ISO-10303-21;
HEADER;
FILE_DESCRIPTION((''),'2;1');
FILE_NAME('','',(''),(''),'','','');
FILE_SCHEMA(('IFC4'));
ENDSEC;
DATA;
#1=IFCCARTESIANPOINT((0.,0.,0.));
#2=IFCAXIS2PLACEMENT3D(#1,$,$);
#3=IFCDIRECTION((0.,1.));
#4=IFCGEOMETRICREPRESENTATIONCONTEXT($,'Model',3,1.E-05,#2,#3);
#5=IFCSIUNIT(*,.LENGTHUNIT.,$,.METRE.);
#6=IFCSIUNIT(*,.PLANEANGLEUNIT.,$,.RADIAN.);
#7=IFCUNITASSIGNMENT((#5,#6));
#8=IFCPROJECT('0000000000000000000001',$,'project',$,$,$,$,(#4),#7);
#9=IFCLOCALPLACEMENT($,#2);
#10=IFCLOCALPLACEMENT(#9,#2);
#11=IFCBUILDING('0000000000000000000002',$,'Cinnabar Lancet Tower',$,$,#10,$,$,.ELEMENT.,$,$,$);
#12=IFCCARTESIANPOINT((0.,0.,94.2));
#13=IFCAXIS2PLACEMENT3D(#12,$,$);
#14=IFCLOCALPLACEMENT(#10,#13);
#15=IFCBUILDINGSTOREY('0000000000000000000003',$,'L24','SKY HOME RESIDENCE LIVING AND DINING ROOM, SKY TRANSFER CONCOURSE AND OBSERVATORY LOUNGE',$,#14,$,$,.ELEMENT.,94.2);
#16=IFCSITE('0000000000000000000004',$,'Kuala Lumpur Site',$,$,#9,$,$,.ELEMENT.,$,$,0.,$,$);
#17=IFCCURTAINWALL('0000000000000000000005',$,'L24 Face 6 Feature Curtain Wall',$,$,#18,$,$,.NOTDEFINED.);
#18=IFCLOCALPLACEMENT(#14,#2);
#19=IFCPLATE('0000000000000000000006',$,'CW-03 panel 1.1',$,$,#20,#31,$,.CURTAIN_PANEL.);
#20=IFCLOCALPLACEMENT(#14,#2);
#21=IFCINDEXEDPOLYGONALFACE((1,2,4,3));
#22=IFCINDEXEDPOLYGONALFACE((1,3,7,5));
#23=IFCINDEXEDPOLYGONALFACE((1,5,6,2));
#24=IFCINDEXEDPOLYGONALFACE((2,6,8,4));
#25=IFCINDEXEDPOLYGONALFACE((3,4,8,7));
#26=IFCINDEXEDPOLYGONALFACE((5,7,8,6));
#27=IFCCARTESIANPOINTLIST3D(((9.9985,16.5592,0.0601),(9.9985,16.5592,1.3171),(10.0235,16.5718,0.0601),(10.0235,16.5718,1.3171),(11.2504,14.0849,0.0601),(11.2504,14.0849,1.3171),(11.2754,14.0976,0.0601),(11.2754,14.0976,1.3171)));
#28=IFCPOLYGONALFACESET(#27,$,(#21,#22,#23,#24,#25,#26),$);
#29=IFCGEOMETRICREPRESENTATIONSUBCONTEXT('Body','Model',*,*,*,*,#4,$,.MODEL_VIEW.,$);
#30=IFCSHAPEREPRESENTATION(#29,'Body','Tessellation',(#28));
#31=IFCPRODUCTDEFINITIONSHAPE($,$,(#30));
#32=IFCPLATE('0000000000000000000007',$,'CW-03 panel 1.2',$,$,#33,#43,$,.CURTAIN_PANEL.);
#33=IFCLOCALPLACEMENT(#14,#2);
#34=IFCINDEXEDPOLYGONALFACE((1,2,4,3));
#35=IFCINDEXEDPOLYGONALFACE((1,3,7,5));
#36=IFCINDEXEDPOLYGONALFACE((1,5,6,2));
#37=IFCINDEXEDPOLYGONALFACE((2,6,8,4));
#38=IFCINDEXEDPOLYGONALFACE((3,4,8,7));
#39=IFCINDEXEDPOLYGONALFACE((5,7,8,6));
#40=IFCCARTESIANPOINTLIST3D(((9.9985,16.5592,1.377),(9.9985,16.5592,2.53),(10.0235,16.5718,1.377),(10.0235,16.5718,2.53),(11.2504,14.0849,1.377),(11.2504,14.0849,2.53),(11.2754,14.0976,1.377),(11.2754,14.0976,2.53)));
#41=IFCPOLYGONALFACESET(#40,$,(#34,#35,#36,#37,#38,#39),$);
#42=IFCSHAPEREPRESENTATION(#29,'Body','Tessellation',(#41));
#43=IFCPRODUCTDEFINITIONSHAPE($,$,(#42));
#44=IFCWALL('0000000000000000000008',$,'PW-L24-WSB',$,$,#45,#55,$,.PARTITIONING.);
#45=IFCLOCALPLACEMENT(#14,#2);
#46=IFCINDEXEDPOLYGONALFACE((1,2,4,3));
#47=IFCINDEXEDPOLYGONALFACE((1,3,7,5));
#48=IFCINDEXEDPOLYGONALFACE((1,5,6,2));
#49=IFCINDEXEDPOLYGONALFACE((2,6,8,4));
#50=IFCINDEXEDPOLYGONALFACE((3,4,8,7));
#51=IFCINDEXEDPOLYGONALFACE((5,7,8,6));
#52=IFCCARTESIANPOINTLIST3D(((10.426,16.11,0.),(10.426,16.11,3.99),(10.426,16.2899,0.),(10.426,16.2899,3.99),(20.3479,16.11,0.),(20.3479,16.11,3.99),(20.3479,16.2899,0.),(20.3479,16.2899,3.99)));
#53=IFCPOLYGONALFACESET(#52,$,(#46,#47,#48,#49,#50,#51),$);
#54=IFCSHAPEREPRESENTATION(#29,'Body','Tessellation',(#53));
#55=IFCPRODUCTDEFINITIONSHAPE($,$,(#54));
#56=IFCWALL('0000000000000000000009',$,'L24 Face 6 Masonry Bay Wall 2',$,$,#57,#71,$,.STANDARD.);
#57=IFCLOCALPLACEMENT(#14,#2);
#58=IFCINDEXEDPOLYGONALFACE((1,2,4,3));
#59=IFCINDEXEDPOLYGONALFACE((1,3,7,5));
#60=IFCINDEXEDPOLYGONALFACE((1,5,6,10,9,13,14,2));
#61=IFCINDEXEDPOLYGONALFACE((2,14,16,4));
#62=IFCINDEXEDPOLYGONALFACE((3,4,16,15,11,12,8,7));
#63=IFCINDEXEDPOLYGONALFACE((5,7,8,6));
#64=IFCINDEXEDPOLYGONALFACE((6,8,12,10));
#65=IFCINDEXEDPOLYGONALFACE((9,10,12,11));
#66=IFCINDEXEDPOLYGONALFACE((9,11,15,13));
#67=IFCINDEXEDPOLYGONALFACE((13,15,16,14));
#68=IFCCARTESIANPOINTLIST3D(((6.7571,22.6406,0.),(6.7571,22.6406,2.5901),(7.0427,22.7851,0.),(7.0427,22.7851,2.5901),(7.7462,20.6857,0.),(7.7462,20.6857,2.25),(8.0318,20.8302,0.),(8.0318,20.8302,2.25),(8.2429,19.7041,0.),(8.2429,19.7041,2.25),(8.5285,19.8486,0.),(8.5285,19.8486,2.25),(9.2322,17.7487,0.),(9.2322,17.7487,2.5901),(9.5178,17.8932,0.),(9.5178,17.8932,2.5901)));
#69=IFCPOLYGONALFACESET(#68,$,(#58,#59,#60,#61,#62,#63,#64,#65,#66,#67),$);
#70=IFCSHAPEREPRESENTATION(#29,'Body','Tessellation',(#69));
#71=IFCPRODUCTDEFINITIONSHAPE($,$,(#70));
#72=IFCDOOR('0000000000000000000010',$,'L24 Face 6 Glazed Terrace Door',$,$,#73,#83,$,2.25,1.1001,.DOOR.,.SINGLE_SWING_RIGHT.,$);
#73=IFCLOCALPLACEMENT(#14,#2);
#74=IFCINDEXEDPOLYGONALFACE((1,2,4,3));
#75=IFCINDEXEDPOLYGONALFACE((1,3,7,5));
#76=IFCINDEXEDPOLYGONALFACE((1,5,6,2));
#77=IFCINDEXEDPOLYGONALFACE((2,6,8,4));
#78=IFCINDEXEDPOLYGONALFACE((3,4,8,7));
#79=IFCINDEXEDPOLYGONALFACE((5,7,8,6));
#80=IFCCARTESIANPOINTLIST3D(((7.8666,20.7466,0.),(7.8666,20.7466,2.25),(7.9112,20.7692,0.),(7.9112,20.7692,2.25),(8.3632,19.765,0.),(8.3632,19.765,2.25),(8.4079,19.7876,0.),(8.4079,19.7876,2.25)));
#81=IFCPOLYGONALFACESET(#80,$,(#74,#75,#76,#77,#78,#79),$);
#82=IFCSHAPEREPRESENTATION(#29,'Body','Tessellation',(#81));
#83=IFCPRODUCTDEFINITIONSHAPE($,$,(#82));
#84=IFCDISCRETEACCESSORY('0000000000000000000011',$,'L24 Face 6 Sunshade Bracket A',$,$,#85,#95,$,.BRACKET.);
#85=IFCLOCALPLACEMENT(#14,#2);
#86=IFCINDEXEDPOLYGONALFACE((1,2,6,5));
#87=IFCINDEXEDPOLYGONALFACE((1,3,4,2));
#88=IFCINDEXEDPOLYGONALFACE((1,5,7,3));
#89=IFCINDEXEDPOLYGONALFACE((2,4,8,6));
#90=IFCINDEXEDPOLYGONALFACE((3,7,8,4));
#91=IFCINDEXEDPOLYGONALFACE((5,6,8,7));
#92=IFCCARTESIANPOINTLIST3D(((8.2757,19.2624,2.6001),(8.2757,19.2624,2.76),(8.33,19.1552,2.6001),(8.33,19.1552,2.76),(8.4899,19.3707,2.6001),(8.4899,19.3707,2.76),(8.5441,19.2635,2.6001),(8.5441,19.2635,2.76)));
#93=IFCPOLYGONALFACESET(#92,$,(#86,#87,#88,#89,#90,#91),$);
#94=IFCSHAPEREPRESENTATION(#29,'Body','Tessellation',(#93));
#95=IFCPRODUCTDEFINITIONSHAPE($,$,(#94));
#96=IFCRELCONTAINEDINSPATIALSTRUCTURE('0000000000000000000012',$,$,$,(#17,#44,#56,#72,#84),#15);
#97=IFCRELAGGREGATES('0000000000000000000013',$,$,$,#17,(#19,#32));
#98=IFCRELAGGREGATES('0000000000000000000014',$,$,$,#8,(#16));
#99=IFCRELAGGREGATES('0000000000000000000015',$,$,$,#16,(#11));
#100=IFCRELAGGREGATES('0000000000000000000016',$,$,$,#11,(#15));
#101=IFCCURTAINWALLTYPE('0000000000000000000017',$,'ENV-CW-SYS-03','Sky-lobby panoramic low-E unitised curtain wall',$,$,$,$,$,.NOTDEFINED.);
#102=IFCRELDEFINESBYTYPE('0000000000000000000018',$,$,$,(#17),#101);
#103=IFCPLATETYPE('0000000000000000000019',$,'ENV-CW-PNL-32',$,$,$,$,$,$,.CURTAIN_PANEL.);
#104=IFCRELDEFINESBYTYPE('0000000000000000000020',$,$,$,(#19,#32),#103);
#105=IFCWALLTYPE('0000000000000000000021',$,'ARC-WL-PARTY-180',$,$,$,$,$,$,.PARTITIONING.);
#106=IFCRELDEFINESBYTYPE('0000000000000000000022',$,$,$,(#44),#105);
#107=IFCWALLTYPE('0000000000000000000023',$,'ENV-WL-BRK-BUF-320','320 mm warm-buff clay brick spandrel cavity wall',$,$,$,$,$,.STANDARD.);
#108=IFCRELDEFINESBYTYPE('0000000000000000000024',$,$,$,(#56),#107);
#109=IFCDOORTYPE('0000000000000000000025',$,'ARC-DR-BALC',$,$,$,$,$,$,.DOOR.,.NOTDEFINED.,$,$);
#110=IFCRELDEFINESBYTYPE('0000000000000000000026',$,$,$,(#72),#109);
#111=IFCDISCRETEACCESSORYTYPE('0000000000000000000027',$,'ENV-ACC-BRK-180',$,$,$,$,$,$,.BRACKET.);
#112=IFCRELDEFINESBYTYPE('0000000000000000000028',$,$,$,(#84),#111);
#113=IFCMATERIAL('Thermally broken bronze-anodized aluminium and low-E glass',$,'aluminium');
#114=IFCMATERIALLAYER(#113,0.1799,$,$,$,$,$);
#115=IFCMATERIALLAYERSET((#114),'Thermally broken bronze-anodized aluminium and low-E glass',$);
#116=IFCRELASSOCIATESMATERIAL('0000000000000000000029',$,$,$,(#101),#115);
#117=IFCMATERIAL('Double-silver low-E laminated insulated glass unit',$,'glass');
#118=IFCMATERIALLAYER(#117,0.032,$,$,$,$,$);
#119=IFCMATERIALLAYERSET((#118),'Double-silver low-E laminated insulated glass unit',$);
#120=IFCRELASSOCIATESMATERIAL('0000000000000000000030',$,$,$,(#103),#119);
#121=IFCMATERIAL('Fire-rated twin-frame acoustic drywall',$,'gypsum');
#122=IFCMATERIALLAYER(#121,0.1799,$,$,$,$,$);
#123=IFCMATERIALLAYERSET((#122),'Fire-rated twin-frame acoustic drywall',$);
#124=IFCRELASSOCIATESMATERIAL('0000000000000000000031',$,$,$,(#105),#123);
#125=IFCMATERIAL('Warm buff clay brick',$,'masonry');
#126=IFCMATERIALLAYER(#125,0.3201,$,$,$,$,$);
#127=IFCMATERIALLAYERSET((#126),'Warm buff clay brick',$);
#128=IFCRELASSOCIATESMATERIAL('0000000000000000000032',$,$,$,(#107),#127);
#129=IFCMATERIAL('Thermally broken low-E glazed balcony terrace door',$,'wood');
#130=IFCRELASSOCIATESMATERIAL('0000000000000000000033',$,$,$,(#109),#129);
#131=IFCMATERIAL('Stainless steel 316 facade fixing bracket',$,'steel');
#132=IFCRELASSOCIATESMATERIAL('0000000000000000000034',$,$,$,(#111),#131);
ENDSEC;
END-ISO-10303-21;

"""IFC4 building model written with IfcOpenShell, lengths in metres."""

from ifc_helpers import new_model, si_unit, direction, frame, frame_2d, origin, origin_2d, place, context, subcontext, project, spatial, rectangle, extrude, material, layer, layer_set, type_object, element, fill, aggregate, save


model = new_model("IFC4")

# Units and contexts
model_context = context("Model", 3, precision=1e-05, world=origin(), true_north=direction((0.0, 1.0)))
body_context = subcontext(model_context, "Body", "Model", "MODEL_VIEW")
ifc_project = project(units=[si_unit("LENGTHUNIT", "METRE"), si_unit("PLANEANGLEUNIT", "RADIAN")], contexts=[model_context])

# Site, building, storey
site_placement = place(None, origin())
site = spatial("IfcSite", under=ifc_project, at=site_placement, Name="Kuala Lumpur Site", CompositionType="ELEMENT", RefElevation=0.0)
building_placement = place(site_placement, origin())
building = spatial("IfcBuilding", under=site, at=building_placement, Name="Cinnabar Lancet Tower", CompositionType="ELEMENT")
storey_placement = place(building_placement, frame((0.0, 0.0, 94.2)))
storey = spatial("IfcBuildingStorey", under=building, at=storey_placement, Name="L24", Description="SKY HOME RESIDENCE LIVING AND DINING ROOM, SKY TRANSFER CONCOURSE AND OBSERVATORY LOUNGE", CompositionType="ELEMENT", Elevation=94.2)

# Curtain wall
ifc_material_1 = material(Name="Thermally broken bronze-anodized aluminium and low-E glass", Category="aluminium")
ifc_layer_1 = layer(ifc_material_1, 0.1799)
ifc_layer_set_1 = layer_set([ifc_layer_1], Name="Thermally broken bronze-anodized aluminium and low-E glass")
curtain_wall_type = type_object("IfcCurtainWallType", Name="ENV-CW-SYS-03", Description="Sky-lobby panoramic low-E unitised curtain wall", PredefinedType="NOTDEFINED", material=ifc_layer_set_1)
curtain_wall_placement = place(storey_placement, origin())
curtain_wall = element("IfcCurtainWall", 1, at=curtain_wall_placement, inside=storey, type_object=curtain_wall_type, Name="L24 Face 6 Feature Curtain Wall", PredefinedType="NOTDEFINED")

# Plates
ifc_material_2 = material(Name="Double-silver low-E laminated insulated glass unit", Category="glass")
ifc_layer_2 = layer(ifc_material_2, 0.032)
ifc_layer_set_2 = layer_set([ifc_layer_2], Name="Double-silver low-E laminated insulated glass unit")
plate_type = type_object("IfcPlateType", Name="ENV-CW-PNL-32", PredefinedType="CURTAIN_PANEL", material=ifc_layer_set_2)
plate_1_placement = place(storey_placement, frame((10.637, 15.3284, 0.0601), z_axis=(0.0, 0.0, 1.0), x_axis=(0.45147, -0.892286, 0.0)))
plate_1 = element("IfcPlate", 2, at=plate_1_placement, type_object=plate_type, Name="CW-03 panel 1.1", PredefinedType="CURTAIN_PANEL", context=body_context, shape_type="SweptSolid", body=[
    extrude(rectangle(XDim=2.7729, YDim=0.0281, at=origin_2d()), origin(), (0.0, 0.0, 1.0), 1.2571),
])
plate_2_placement = place(storey_placement, frame((10.637, 15.3284, 1.377), z_axis=(0.0, 0.0, 1.0), x_axis=(0.45147, -0.892286, 0.0)))
plate_2 = element("IfcPlate", 3, at=plate_2_placement, type_object=plate_type, Name="CW-03 panel 1.2", PredefinedType="CURTAIN_PANEL", context=body_context, shape_type="SweptSolid", body=[
    extrude(rectangle(XDim=2.7729, YDim=0.0281, at=origin_2d()), origin(), (0.0, 0.0, 1.0), 1.1531),
])
aggregate(curtain_wall, [plate_1, plate_2])

# Wall
ifc_material_3 = material(Name="Fire-rated twin-frame acoustic drywall", Category="gypsum")
ifc_layer_3 = layer(ifc_material_3, 0.1799)
ifc_layer_set_3 = layer_set([ifc_layer_3], Name="Fire-rated twin-frame acoustic drywall")
wall_type_1 = type_object("IfcWallType", Name="ARC-WL-PARTY-180", PredefinedType="PARTITIONING", material=ifc_layer_set_3)
wall_1_placement = place(storey_placement, frame((10.426, 16.2, 0.0), z_axis=(0.0, 0.0, 1.0), x_axis=(1.0, 0.0, 0.0)))
element("IfcWall", 4, at=wall_1_placement, inside=storey, type_object=wall_type_1, Name="PW-L24-WSB", PredefinedType="PARTITIONING", context=body_context, shape_type="SweptSolid", body=[
    extrude(rectangle(XDim=9.9219, YDim=0.1799, at=frame_2d((4.9609, 0.0))), origin(), (0.0, 0.0, 1.0), 3.99),
])

# Wall, opening, door
ifc_material_4 = material(Name="Warm buff clay brick", Category="masonry")
ifc_layer_4 = layer(ifc_material_4, 0.3201)
ifc_layer_set_4 = layer_set([ifc_layer_4], Name="Warm buff clay brick")
wall_type_2 = type_object("IfcWallType", Name="ENV-WL-BRK-BUF-320", Description="320 mm warm-buff clay brick spandrel cavity wall", PredefinedType="STANDARD", material=ifc_layer_set_4)
wall_2_placement = place(storey_placement, frame((6.8999, 22.7129, 0.0), z_axis=(0.0, 0.0, 1.0), x_axis=(0.451466, -0.892288, 0.0)))
wall_2 = element("IfcWall", 5, at=wall_2_placement, inside=storey, type_object=wall_type_2, Name="L24 Face 6 Masonry Bay Wall 2", PredefinedType="STANDARD", context=body_context, shape_type="SweptSolid", body=[
    extrude(rectangle(XDim=5.4824, YDim=0.3201, at=frame_2d((2.7412, 0.0))), origin(), (0.0, 0.0, 1.0), 2.5901),
])
opening_placement = place(wall_2_placement, frame((2.1909, 0.0, 0.0)))
opening = element("IfcOpeningElement", 6, at=opening_placement, cuts=wall_2, PredefinedType="OPENING", context=body_context, shape_type="SweptSolid", body=[
    extrude(rectangle(XDim=1.1001, YDim=2.25, at=frame_2d((0.55, 1.125))), frame((0.0, 0.1699, 0.0), z_axis=(0.0, -1.0, 0.0), x_axis=(1.0, 0.0, 0.0)), (0.0, 0.0, 1.0), 0.3401),
])
ifc_material_5 = material(Name="Thermally broken low-E glazed balcony terrace door", Category="wood")
door_type = type_object("IfcDoorType", Name="ARC-DR-BALC", OperationType="NOTDEFINED", PredefinedType="DOOR", material=ifc_material_5)
door_placement = place(opening_placement, origin())
door = element("IfcDoor", 7, at=door_placement, inside=storey, type_object=door_type, Name="L24 Face 6 Glazed Terrace Door", OperationType="SINGLE_SWING_RIGHT", OverallHeight=2.25, OverallWidth=1.1001, PredefinedType="DOOR", context=body_context, shape_type="SweptSolid", body=[
    extrude(rectangle(XDim=1.1001, YDim=2.25, at=frame_2d((0.55, 1.125))), frame((0.0, 0.0249, 0.0), z_axis=(0.0, -1.0, 0.0), x_axis=(1.0, 0.0, 0.0)), (0.0, 0.0, 1.0), 0.05),
])
fill(opening, door)

# Discrete accessory
ifc_material_6 = material(Name="Stainless steel 316 facade fixing bracket", Category="steel")
discrete_accessory_type = type_object("IfcDiscreteAccessoryType", Name="ENV-ACC-BRK-180", PredefinedType="BRACKET", material=ifc_material_6)
discrete_accessory_placement = place(storey_placement, frame((8.4099, 19.2629, 2.6001), z_axis=(0.0, 0.0, 1.0), x_axis=(0.451501, -0.892271, 0.0)))
element("IfcDiscreteAccessory", 8, at=discrete_accessory_placement, inside=storey, type_object=discrete_accessory_type, Name="L24 Face 6 Sunshade Bracket A", PredefinedType="BRACKET", context=body_context, shape_type="SweptSolid", body=[
    extrude(rectangle(XDim=0.1201, YDim=0.24, at=origin_2d()), origin(), (0.0, 0.0, 1.0), 0.1599),
])

save(model, "model.ifc")
